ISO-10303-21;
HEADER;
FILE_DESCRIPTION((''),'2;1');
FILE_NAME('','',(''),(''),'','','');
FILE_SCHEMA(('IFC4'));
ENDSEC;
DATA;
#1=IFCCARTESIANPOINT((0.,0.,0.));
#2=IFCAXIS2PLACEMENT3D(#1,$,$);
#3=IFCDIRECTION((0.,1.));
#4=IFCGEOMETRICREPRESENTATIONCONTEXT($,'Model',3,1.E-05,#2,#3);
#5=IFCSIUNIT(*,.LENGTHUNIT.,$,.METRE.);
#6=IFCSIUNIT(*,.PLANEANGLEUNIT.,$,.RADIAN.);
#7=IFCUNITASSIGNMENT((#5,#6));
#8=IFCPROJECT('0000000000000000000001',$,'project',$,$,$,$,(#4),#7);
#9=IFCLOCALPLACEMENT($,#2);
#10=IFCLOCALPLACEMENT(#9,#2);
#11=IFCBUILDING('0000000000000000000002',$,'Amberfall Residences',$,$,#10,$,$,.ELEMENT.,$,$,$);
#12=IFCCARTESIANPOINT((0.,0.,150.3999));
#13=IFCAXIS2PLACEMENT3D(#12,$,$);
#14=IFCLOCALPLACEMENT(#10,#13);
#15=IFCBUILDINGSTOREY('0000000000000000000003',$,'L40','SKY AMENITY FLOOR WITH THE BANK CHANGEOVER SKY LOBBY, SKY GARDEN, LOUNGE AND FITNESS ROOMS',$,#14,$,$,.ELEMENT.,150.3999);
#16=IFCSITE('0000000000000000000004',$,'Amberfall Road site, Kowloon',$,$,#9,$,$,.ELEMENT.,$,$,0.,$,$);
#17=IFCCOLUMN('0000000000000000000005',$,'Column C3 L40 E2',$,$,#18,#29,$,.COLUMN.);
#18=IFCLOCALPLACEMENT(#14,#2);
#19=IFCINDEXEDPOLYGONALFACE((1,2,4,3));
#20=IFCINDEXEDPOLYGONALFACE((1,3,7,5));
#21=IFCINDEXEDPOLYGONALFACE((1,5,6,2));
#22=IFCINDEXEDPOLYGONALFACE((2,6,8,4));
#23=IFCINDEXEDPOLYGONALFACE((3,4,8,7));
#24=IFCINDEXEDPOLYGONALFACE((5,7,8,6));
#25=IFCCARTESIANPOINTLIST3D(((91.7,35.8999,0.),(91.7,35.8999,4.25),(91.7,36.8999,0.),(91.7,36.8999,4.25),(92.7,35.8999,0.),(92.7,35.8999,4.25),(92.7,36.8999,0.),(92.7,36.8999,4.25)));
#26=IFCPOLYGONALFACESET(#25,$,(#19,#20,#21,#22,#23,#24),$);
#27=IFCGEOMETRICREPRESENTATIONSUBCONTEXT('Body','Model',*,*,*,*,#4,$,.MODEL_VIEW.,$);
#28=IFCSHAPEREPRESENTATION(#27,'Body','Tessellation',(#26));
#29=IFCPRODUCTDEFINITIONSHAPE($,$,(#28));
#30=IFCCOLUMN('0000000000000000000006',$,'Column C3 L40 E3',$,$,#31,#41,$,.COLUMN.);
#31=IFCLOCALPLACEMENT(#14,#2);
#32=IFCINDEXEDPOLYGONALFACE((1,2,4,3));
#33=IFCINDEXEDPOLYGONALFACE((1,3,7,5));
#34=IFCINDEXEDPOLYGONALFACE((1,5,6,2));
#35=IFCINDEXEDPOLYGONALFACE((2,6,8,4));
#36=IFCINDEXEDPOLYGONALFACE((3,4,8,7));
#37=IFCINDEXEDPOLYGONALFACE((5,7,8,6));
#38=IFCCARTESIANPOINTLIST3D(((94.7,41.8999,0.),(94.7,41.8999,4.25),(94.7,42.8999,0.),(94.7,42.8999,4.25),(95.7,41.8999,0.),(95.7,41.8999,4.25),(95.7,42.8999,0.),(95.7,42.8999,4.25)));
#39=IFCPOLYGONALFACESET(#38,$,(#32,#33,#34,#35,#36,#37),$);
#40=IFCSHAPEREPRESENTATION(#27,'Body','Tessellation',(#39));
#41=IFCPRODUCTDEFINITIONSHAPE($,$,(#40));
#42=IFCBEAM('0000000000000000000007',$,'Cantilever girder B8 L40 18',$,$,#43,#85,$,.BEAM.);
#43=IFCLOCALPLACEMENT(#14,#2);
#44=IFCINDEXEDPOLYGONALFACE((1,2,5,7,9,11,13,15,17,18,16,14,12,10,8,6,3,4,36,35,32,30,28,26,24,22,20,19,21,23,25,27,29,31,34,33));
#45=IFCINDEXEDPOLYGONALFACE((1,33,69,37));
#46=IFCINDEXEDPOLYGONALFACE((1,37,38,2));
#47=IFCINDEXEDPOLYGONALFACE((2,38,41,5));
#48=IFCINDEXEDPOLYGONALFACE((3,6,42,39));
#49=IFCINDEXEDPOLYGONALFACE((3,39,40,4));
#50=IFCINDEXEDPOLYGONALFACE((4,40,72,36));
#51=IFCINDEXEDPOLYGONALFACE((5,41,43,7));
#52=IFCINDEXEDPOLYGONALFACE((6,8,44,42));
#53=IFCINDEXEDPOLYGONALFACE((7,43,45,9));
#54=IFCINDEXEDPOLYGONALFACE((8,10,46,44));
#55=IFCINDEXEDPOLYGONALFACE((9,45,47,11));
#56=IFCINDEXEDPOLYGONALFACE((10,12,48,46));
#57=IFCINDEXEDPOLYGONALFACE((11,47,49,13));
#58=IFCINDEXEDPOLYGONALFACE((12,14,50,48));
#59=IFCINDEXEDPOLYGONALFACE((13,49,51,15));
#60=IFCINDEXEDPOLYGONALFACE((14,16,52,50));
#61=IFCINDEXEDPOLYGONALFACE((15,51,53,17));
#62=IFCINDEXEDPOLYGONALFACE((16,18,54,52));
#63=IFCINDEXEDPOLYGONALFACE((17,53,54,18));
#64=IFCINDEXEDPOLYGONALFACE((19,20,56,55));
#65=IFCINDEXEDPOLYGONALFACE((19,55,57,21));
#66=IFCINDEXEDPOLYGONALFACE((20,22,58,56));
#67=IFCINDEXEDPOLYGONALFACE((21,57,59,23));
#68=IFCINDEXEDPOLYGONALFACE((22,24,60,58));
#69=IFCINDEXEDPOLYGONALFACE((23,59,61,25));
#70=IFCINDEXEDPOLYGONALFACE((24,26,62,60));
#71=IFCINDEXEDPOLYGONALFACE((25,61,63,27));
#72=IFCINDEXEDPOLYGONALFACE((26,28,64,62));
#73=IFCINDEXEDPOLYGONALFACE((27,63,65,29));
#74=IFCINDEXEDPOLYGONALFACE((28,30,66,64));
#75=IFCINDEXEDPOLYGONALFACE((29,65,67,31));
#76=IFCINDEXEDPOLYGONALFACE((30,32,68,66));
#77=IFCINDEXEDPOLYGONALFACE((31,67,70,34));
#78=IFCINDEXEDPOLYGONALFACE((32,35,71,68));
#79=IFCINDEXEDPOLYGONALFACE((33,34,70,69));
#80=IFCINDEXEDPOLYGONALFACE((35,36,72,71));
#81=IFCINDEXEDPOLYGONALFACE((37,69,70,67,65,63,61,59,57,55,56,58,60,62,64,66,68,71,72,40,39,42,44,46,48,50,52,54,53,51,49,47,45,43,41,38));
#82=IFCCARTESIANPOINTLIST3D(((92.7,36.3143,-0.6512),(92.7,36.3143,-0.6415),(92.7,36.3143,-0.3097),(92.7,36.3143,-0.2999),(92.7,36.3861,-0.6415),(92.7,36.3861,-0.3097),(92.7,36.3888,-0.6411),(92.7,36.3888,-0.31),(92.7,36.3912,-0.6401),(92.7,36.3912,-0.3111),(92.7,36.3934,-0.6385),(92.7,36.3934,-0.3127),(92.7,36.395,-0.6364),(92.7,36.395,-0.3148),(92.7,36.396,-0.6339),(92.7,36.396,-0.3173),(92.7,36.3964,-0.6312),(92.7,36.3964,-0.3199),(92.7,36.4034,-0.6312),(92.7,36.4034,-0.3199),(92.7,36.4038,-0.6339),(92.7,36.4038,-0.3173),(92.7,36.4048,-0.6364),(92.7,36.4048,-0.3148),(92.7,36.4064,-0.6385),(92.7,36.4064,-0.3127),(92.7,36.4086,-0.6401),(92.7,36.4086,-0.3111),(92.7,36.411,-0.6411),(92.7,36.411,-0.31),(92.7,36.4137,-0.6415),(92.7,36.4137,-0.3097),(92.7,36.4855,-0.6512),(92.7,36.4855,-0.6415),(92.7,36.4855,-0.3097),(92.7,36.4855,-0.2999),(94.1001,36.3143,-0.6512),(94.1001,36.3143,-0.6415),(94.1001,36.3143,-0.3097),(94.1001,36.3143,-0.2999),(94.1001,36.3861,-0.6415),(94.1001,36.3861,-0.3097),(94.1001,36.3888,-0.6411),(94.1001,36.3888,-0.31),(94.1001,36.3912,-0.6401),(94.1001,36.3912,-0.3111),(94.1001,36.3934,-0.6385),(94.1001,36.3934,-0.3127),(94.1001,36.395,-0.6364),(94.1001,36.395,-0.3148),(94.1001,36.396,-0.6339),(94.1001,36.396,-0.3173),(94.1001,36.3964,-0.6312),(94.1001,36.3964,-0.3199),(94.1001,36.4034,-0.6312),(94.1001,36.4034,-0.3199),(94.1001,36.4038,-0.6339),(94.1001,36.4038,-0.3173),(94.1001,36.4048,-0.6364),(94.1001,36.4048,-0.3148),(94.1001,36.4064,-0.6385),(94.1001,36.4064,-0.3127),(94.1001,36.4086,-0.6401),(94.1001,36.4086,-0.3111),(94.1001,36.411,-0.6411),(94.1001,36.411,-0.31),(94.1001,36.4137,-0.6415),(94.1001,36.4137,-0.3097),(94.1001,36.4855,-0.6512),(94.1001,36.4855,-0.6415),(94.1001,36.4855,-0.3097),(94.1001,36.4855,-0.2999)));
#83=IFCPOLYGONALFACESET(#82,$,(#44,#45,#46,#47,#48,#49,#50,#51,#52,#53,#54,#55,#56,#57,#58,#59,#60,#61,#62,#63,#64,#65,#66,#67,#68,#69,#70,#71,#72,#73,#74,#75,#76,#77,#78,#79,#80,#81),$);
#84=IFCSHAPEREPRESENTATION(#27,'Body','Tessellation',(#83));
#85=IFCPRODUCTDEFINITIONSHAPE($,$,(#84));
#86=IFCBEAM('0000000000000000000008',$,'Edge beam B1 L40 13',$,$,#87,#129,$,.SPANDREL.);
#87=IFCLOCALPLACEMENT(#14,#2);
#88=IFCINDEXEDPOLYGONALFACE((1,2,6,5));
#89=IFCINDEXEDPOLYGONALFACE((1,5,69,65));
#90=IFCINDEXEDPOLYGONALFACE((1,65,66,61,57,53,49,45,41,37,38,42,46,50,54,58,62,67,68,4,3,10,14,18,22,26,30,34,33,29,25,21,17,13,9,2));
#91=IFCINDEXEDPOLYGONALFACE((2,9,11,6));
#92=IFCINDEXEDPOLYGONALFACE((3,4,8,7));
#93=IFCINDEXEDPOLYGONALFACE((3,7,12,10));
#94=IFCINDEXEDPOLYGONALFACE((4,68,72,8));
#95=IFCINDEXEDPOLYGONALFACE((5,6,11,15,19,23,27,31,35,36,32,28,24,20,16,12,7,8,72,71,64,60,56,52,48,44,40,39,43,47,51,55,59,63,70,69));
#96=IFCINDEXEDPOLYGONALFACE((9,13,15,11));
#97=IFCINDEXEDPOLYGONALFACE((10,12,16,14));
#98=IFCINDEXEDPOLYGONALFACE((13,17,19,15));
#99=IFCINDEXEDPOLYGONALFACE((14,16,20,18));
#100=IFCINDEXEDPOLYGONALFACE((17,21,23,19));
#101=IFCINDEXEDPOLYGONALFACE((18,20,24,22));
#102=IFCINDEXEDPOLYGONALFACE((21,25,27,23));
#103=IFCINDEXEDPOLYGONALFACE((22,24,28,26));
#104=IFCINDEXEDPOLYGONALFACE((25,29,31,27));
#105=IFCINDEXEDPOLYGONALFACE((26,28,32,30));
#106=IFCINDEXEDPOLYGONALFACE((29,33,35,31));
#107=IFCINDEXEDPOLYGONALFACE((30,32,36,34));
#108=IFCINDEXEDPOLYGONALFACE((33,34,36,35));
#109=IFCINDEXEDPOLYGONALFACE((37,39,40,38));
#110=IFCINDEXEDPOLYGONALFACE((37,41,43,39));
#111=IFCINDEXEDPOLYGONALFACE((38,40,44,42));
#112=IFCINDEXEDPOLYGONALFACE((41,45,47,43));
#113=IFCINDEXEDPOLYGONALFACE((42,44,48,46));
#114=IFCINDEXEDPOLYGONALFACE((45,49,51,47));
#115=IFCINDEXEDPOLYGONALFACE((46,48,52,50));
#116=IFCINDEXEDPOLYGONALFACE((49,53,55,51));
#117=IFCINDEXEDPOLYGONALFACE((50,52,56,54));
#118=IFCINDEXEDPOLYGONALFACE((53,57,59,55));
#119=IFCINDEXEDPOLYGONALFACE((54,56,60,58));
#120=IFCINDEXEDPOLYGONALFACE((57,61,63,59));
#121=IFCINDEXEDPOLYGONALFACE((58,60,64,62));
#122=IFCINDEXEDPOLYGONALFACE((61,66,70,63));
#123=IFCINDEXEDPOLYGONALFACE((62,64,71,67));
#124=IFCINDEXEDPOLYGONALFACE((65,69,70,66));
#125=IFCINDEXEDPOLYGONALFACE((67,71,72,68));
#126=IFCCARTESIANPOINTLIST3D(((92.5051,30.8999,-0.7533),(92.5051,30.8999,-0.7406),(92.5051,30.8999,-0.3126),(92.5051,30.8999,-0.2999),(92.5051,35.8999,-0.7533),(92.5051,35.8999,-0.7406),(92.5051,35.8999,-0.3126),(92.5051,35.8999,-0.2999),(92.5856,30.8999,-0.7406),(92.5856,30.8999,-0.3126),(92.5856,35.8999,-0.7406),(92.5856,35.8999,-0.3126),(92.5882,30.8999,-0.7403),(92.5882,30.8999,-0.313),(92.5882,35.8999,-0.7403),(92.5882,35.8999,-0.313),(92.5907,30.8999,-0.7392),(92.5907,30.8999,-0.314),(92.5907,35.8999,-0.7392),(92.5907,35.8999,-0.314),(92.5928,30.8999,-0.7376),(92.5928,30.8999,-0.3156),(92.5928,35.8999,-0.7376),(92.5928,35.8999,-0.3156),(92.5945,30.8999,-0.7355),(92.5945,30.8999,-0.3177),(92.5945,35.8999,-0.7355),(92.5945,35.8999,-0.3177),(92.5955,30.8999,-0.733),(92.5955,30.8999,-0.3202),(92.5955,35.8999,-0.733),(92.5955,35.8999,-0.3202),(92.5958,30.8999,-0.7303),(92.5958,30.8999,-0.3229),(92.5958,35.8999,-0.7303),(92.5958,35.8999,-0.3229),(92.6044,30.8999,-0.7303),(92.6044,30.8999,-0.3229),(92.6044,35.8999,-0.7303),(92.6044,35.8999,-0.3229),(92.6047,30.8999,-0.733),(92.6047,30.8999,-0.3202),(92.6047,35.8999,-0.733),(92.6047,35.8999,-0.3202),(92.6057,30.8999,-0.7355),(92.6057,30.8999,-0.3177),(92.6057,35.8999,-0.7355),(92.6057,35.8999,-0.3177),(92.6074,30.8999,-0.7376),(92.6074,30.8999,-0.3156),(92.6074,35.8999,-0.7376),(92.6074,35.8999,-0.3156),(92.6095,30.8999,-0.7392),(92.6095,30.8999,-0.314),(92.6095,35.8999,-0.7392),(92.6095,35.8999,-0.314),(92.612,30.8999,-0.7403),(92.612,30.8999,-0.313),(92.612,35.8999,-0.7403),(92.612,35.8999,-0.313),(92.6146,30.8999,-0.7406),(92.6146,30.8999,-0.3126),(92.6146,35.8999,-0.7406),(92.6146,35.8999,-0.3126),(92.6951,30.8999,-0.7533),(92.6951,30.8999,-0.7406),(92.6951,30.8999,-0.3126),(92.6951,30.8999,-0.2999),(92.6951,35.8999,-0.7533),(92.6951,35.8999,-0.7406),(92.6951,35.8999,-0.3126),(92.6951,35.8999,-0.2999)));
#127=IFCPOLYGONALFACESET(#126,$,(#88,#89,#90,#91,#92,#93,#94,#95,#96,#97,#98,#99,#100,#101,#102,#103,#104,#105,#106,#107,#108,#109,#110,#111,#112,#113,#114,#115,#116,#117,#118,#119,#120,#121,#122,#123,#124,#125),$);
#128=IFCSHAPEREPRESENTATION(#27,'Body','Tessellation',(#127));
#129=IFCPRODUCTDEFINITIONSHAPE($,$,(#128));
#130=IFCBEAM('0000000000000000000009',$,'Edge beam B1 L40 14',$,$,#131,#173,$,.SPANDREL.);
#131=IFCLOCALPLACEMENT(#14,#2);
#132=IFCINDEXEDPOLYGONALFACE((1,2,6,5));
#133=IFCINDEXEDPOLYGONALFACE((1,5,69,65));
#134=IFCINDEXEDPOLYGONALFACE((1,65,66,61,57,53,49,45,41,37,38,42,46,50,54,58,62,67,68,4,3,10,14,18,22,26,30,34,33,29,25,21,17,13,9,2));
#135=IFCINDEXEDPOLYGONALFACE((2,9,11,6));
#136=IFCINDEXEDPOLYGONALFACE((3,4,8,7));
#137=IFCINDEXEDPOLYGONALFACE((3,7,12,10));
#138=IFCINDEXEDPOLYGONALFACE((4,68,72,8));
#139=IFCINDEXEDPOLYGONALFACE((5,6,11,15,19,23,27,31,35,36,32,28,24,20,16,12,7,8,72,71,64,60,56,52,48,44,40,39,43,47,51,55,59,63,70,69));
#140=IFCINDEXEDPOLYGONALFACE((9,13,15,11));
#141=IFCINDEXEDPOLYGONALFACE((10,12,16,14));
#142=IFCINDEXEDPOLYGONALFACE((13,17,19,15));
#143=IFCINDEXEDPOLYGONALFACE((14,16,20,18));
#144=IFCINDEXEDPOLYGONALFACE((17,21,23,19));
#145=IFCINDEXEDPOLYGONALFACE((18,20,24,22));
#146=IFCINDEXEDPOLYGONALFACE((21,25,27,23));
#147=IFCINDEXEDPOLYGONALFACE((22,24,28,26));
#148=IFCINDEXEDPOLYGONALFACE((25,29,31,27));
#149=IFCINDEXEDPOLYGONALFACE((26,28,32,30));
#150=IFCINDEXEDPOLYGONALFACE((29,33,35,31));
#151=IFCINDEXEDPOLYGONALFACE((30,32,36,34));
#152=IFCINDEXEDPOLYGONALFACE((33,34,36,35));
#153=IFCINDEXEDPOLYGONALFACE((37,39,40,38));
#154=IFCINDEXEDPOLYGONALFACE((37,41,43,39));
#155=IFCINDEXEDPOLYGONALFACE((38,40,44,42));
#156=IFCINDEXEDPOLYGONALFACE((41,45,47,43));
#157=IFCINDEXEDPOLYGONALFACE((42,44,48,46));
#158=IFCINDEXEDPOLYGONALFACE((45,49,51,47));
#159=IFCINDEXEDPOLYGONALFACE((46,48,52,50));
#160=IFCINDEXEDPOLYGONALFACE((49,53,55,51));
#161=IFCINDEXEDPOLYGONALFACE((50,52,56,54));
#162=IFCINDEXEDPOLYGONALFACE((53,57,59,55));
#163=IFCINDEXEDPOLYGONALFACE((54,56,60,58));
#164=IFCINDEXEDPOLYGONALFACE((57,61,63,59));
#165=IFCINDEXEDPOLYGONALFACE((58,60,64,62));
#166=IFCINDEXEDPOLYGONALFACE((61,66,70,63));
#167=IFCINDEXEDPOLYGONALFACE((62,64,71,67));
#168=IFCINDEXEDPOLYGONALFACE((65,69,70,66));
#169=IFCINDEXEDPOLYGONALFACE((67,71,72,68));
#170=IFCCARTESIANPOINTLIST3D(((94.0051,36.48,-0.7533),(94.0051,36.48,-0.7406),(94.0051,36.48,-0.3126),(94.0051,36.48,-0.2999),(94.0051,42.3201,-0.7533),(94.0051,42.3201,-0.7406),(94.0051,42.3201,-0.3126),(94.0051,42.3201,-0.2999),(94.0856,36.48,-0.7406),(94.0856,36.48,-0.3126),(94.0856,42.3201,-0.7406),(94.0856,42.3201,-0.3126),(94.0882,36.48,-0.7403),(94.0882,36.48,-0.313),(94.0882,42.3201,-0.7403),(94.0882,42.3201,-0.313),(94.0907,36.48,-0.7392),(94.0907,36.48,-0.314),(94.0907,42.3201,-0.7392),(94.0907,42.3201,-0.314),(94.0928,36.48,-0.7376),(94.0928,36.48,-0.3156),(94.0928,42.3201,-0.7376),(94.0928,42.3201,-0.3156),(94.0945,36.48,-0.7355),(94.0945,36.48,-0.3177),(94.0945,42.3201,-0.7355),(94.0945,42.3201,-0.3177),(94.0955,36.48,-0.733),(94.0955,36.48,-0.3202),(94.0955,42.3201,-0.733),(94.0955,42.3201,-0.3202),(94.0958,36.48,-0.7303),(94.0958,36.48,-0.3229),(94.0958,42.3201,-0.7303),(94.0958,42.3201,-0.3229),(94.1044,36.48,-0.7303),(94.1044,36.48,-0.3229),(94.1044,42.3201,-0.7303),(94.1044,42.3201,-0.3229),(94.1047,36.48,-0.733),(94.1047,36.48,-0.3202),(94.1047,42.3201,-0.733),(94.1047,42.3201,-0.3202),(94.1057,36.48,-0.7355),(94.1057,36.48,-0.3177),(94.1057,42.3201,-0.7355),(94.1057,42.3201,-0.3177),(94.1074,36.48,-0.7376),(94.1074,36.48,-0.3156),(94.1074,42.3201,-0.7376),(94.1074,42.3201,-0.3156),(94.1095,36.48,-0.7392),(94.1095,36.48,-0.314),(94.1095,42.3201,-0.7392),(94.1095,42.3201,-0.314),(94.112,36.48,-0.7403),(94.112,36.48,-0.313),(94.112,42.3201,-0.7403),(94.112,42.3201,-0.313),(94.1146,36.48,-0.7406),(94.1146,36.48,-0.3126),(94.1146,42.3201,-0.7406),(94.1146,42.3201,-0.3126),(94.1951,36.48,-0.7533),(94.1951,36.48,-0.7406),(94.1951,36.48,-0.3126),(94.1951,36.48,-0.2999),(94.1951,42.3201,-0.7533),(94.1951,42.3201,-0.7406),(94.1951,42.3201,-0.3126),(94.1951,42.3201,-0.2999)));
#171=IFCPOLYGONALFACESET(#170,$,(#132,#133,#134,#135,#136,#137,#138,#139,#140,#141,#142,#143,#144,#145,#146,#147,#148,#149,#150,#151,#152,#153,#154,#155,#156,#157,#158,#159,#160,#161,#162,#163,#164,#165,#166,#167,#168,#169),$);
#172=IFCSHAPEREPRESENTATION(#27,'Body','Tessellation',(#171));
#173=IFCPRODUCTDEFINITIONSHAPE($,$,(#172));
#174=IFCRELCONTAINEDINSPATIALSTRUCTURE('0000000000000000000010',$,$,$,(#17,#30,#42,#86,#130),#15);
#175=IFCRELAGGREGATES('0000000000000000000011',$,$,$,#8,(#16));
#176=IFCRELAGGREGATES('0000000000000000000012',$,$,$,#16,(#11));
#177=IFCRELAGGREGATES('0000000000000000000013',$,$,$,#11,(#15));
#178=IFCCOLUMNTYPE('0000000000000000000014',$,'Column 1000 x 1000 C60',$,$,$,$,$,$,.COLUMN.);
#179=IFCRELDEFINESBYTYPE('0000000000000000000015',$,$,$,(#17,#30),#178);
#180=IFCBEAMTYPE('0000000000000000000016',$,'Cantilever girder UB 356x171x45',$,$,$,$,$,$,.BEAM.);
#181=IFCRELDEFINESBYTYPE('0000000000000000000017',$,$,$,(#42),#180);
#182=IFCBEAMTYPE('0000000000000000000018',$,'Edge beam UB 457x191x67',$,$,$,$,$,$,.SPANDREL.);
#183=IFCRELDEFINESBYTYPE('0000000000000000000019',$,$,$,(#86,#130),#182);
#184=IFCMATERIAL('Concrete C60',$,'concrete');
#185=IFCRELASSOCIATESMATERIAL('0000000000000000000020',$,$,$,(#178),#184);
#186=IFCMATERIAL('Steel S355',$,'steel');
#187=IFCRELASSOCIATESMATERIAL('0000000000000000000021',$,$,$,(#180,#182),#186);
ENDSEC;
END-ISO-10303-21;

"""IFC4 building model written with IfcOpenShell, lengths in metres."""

from ifc_helpers import new_model, si_unit, direction, frame, origin, origin_2d, place, context, subcontext, project, spatial, rectangle, i_section, extrude, material, material_profile, profile_set, type_object, element, save


model = new_model("IFC4")

# Units and contexts
model_context = context("Model", 3, precision=1e-05, world=origin(), true_north=direction((0.0, 1.0)))
body_context = subcontext(model_context, "Body", "Model", "MODEL_VIEW")
ifc_project = project(units=[si_unit("LENGTHUNIT", "METRE"), si_unit("PLANEANGLEUNIT", "RADIAN")], contexts=[model_context])

# Site, building, storey
site_placement = place(None, origin())
site = spatial("IfcSite", under=ifc_project, at=site_placement, Name="Amberfall Road site, Kowloon", CompositionType="ELEMENT", RefElevation=0.0)
building_placement = place(site_placement, origin())
building = spatial("IfcBuilding", under=site, at=building_placement, Name="Amberfall Residences", CompositionType="ELEMENT")
storey_placement = place(building_placement, frame((0.0, 0.0, 150.3999)))
storey = spatial("IfcBuildingStorey", under=building, at=storey_placement, Name="L40", Description="SKY AMENITY FLOOR WITH THE BANK CHANGEOVER SKY LOBBY, SKY GARDEN, LOUNGE AND FITNESS ROOMS", CompositionType="ELEMENT", Elevation=150.3999)

# Columns
ifc_material_1 = material(Name="Concrete C60", Category="concrete")
ifc_material_profile_1 = material_profile(ifc_material_1, rectangle(XDim=1.0, YDim=1.0, at=origin_2d()), Name="Column 1000 x 1000 C60")
ifc_profile_set_1 = profile_set([ifc_material_profile_1], Name="Concrete C60")
column_type = type_object("IfcColumnType", Name="Column 1000 x 1000 C60", PredefinedType="COLUMN", material=ifc_profile_set_1)
for number, where, z_axis, x_axis, name in (
    (1, (92.2, 36.3999, 0.0), (0.0, 0.0, 1.0), (1.0, 0.0, 0.0), "Column C3 L40 E2"),
    (2, (95.2, 42.3999, 0.0), (0.0, 0.0, 1.0), (1.0, 0.0, 0.0), "Column C3 L40 E3"),
):
    element("IfcColumn", number, at=place(storey_placement, frame(where, z_axis=z_axis, x_axis=x_axis)), inside=storey, type_object=column_type, Name=name, PredefinedType="COLUMN", context=body_context, shape_type="SweptSolid", body=[
        extrude(rectangle(XDim=1.0, YDim=1.0, at=origin_2d()), origin(), (0.0, 0.0, 1.0), 4.25),
    ])

# Beams
ifc_material_2 = material(Name="Steel S355", Category="steel")
ifc_material_profile_2 = material_profile(ifc_material_2, i_section(OverallWidth=0.1711, OverallDepth=0.3513, WebThickness=0.0071, FlangeThickness=0.0098, FilletRadius=0.0103, at=origin_2d()), Name="UB 356x171x45")
ifc_profile_set_2 = profile_set([ifc_material_profile_2], Name="Steel S355")
beam_type_1 = type_object("IfcBeamType", Name="Cantilever girder UB 356x171x45", PredefinedType="BEAM", material=ifc_profile_set_2)
beam_1_placement = place(storey_placement, frame((92.7, 36.3999, -0.4756), z_axis=(1.0, 0.0, 0.0), x_axis=(0.0, 1.0, 0.0)))
element("IfcBeam", 3, at=beam_1_placement, inside=storey, type_object=beam_type_1, Name="Cantilever girder B8 L40 18", PredefinedType="BEAM", context=body_context, shape_type="SweptSolid", body=[
    extrude(i_section(OverallWidth=0.1711, OverallDepth=0.3513, WebThickness=0.0071, FlangeThickness=0.0098, FilletRadius=0.0103, at=origin_2d()), origin(), (0.0, 0.0, 1.0), 1.4001),
])
ifc_material_profile_3 = material_profile(ifc_material_2, i_section(OverallWidth=0.1899, OverallDepth=0.4534, WebThickness=0.0085, FlangeThickness=0.0127, FilletRadius=0.0103, at=origin_2d()), Name="UB 457x191x67")
ifc_profile_set_3 = profile_set([ifc_material_profile_3], Name="Steel S355")
beam_type_2 = type_object("IfcBeamType", Name="Edge beam UB 457x191x67", PredefinedType="SPANDREL", material=ifc_profile_set_3)
beam_2_placement = place(storey_placement, frame((92.6001, 30.8999, -0.5266), z_axis=(0.0, 1.0, 0.0), x_axis=(-1.0, 0.0, 0.0)))
element("IfcBeam", 4, at=beam_2_placement, inside=storey, type_object=beam_type_2, Name="Edge beam B1 L40 13", PredefinedType="SPANDREL", context=body_context, shape_type="SweptSolid", body=[
    extrude(i_section(OverallWidth=0.1899, OverallDepth=0.4534, WebThickness=0.0085, FlangeThickness=0.0127, FilletRadius=0.0103, at=origin_2d()), origin(), (0.0, 0.0, 1.0), 5.0),
])
for number, where, z_axis, x_axis, name in (
    (5, (94.1001, 36.48, -0.5266), (0.0, 1.0, 0.0), (-1.0, 0.0, 0.0), "Edge beam B1 L40 14"),
):
    element("IfcBeam", number, at=place(storey_placement, frame(where, z_axis=z_axis, x_axis=x_axis)), inside=storey, type_object=beam_type_2, Name=name, PredefinedType="SPANDREL", context=body_context, shape_type="SweptSolid", body=[
        extrude(i_section(OverallWidth=0.1899, OverallDepth=0.4534, WebThickness=0.0085, FlangeThickness=0.0127, FilletRadius=0.0103, at=origin_2d()), origin(), (0.0, 0.0, 1.0), 5.8401),
    ])

save(model, "model.ifc")
